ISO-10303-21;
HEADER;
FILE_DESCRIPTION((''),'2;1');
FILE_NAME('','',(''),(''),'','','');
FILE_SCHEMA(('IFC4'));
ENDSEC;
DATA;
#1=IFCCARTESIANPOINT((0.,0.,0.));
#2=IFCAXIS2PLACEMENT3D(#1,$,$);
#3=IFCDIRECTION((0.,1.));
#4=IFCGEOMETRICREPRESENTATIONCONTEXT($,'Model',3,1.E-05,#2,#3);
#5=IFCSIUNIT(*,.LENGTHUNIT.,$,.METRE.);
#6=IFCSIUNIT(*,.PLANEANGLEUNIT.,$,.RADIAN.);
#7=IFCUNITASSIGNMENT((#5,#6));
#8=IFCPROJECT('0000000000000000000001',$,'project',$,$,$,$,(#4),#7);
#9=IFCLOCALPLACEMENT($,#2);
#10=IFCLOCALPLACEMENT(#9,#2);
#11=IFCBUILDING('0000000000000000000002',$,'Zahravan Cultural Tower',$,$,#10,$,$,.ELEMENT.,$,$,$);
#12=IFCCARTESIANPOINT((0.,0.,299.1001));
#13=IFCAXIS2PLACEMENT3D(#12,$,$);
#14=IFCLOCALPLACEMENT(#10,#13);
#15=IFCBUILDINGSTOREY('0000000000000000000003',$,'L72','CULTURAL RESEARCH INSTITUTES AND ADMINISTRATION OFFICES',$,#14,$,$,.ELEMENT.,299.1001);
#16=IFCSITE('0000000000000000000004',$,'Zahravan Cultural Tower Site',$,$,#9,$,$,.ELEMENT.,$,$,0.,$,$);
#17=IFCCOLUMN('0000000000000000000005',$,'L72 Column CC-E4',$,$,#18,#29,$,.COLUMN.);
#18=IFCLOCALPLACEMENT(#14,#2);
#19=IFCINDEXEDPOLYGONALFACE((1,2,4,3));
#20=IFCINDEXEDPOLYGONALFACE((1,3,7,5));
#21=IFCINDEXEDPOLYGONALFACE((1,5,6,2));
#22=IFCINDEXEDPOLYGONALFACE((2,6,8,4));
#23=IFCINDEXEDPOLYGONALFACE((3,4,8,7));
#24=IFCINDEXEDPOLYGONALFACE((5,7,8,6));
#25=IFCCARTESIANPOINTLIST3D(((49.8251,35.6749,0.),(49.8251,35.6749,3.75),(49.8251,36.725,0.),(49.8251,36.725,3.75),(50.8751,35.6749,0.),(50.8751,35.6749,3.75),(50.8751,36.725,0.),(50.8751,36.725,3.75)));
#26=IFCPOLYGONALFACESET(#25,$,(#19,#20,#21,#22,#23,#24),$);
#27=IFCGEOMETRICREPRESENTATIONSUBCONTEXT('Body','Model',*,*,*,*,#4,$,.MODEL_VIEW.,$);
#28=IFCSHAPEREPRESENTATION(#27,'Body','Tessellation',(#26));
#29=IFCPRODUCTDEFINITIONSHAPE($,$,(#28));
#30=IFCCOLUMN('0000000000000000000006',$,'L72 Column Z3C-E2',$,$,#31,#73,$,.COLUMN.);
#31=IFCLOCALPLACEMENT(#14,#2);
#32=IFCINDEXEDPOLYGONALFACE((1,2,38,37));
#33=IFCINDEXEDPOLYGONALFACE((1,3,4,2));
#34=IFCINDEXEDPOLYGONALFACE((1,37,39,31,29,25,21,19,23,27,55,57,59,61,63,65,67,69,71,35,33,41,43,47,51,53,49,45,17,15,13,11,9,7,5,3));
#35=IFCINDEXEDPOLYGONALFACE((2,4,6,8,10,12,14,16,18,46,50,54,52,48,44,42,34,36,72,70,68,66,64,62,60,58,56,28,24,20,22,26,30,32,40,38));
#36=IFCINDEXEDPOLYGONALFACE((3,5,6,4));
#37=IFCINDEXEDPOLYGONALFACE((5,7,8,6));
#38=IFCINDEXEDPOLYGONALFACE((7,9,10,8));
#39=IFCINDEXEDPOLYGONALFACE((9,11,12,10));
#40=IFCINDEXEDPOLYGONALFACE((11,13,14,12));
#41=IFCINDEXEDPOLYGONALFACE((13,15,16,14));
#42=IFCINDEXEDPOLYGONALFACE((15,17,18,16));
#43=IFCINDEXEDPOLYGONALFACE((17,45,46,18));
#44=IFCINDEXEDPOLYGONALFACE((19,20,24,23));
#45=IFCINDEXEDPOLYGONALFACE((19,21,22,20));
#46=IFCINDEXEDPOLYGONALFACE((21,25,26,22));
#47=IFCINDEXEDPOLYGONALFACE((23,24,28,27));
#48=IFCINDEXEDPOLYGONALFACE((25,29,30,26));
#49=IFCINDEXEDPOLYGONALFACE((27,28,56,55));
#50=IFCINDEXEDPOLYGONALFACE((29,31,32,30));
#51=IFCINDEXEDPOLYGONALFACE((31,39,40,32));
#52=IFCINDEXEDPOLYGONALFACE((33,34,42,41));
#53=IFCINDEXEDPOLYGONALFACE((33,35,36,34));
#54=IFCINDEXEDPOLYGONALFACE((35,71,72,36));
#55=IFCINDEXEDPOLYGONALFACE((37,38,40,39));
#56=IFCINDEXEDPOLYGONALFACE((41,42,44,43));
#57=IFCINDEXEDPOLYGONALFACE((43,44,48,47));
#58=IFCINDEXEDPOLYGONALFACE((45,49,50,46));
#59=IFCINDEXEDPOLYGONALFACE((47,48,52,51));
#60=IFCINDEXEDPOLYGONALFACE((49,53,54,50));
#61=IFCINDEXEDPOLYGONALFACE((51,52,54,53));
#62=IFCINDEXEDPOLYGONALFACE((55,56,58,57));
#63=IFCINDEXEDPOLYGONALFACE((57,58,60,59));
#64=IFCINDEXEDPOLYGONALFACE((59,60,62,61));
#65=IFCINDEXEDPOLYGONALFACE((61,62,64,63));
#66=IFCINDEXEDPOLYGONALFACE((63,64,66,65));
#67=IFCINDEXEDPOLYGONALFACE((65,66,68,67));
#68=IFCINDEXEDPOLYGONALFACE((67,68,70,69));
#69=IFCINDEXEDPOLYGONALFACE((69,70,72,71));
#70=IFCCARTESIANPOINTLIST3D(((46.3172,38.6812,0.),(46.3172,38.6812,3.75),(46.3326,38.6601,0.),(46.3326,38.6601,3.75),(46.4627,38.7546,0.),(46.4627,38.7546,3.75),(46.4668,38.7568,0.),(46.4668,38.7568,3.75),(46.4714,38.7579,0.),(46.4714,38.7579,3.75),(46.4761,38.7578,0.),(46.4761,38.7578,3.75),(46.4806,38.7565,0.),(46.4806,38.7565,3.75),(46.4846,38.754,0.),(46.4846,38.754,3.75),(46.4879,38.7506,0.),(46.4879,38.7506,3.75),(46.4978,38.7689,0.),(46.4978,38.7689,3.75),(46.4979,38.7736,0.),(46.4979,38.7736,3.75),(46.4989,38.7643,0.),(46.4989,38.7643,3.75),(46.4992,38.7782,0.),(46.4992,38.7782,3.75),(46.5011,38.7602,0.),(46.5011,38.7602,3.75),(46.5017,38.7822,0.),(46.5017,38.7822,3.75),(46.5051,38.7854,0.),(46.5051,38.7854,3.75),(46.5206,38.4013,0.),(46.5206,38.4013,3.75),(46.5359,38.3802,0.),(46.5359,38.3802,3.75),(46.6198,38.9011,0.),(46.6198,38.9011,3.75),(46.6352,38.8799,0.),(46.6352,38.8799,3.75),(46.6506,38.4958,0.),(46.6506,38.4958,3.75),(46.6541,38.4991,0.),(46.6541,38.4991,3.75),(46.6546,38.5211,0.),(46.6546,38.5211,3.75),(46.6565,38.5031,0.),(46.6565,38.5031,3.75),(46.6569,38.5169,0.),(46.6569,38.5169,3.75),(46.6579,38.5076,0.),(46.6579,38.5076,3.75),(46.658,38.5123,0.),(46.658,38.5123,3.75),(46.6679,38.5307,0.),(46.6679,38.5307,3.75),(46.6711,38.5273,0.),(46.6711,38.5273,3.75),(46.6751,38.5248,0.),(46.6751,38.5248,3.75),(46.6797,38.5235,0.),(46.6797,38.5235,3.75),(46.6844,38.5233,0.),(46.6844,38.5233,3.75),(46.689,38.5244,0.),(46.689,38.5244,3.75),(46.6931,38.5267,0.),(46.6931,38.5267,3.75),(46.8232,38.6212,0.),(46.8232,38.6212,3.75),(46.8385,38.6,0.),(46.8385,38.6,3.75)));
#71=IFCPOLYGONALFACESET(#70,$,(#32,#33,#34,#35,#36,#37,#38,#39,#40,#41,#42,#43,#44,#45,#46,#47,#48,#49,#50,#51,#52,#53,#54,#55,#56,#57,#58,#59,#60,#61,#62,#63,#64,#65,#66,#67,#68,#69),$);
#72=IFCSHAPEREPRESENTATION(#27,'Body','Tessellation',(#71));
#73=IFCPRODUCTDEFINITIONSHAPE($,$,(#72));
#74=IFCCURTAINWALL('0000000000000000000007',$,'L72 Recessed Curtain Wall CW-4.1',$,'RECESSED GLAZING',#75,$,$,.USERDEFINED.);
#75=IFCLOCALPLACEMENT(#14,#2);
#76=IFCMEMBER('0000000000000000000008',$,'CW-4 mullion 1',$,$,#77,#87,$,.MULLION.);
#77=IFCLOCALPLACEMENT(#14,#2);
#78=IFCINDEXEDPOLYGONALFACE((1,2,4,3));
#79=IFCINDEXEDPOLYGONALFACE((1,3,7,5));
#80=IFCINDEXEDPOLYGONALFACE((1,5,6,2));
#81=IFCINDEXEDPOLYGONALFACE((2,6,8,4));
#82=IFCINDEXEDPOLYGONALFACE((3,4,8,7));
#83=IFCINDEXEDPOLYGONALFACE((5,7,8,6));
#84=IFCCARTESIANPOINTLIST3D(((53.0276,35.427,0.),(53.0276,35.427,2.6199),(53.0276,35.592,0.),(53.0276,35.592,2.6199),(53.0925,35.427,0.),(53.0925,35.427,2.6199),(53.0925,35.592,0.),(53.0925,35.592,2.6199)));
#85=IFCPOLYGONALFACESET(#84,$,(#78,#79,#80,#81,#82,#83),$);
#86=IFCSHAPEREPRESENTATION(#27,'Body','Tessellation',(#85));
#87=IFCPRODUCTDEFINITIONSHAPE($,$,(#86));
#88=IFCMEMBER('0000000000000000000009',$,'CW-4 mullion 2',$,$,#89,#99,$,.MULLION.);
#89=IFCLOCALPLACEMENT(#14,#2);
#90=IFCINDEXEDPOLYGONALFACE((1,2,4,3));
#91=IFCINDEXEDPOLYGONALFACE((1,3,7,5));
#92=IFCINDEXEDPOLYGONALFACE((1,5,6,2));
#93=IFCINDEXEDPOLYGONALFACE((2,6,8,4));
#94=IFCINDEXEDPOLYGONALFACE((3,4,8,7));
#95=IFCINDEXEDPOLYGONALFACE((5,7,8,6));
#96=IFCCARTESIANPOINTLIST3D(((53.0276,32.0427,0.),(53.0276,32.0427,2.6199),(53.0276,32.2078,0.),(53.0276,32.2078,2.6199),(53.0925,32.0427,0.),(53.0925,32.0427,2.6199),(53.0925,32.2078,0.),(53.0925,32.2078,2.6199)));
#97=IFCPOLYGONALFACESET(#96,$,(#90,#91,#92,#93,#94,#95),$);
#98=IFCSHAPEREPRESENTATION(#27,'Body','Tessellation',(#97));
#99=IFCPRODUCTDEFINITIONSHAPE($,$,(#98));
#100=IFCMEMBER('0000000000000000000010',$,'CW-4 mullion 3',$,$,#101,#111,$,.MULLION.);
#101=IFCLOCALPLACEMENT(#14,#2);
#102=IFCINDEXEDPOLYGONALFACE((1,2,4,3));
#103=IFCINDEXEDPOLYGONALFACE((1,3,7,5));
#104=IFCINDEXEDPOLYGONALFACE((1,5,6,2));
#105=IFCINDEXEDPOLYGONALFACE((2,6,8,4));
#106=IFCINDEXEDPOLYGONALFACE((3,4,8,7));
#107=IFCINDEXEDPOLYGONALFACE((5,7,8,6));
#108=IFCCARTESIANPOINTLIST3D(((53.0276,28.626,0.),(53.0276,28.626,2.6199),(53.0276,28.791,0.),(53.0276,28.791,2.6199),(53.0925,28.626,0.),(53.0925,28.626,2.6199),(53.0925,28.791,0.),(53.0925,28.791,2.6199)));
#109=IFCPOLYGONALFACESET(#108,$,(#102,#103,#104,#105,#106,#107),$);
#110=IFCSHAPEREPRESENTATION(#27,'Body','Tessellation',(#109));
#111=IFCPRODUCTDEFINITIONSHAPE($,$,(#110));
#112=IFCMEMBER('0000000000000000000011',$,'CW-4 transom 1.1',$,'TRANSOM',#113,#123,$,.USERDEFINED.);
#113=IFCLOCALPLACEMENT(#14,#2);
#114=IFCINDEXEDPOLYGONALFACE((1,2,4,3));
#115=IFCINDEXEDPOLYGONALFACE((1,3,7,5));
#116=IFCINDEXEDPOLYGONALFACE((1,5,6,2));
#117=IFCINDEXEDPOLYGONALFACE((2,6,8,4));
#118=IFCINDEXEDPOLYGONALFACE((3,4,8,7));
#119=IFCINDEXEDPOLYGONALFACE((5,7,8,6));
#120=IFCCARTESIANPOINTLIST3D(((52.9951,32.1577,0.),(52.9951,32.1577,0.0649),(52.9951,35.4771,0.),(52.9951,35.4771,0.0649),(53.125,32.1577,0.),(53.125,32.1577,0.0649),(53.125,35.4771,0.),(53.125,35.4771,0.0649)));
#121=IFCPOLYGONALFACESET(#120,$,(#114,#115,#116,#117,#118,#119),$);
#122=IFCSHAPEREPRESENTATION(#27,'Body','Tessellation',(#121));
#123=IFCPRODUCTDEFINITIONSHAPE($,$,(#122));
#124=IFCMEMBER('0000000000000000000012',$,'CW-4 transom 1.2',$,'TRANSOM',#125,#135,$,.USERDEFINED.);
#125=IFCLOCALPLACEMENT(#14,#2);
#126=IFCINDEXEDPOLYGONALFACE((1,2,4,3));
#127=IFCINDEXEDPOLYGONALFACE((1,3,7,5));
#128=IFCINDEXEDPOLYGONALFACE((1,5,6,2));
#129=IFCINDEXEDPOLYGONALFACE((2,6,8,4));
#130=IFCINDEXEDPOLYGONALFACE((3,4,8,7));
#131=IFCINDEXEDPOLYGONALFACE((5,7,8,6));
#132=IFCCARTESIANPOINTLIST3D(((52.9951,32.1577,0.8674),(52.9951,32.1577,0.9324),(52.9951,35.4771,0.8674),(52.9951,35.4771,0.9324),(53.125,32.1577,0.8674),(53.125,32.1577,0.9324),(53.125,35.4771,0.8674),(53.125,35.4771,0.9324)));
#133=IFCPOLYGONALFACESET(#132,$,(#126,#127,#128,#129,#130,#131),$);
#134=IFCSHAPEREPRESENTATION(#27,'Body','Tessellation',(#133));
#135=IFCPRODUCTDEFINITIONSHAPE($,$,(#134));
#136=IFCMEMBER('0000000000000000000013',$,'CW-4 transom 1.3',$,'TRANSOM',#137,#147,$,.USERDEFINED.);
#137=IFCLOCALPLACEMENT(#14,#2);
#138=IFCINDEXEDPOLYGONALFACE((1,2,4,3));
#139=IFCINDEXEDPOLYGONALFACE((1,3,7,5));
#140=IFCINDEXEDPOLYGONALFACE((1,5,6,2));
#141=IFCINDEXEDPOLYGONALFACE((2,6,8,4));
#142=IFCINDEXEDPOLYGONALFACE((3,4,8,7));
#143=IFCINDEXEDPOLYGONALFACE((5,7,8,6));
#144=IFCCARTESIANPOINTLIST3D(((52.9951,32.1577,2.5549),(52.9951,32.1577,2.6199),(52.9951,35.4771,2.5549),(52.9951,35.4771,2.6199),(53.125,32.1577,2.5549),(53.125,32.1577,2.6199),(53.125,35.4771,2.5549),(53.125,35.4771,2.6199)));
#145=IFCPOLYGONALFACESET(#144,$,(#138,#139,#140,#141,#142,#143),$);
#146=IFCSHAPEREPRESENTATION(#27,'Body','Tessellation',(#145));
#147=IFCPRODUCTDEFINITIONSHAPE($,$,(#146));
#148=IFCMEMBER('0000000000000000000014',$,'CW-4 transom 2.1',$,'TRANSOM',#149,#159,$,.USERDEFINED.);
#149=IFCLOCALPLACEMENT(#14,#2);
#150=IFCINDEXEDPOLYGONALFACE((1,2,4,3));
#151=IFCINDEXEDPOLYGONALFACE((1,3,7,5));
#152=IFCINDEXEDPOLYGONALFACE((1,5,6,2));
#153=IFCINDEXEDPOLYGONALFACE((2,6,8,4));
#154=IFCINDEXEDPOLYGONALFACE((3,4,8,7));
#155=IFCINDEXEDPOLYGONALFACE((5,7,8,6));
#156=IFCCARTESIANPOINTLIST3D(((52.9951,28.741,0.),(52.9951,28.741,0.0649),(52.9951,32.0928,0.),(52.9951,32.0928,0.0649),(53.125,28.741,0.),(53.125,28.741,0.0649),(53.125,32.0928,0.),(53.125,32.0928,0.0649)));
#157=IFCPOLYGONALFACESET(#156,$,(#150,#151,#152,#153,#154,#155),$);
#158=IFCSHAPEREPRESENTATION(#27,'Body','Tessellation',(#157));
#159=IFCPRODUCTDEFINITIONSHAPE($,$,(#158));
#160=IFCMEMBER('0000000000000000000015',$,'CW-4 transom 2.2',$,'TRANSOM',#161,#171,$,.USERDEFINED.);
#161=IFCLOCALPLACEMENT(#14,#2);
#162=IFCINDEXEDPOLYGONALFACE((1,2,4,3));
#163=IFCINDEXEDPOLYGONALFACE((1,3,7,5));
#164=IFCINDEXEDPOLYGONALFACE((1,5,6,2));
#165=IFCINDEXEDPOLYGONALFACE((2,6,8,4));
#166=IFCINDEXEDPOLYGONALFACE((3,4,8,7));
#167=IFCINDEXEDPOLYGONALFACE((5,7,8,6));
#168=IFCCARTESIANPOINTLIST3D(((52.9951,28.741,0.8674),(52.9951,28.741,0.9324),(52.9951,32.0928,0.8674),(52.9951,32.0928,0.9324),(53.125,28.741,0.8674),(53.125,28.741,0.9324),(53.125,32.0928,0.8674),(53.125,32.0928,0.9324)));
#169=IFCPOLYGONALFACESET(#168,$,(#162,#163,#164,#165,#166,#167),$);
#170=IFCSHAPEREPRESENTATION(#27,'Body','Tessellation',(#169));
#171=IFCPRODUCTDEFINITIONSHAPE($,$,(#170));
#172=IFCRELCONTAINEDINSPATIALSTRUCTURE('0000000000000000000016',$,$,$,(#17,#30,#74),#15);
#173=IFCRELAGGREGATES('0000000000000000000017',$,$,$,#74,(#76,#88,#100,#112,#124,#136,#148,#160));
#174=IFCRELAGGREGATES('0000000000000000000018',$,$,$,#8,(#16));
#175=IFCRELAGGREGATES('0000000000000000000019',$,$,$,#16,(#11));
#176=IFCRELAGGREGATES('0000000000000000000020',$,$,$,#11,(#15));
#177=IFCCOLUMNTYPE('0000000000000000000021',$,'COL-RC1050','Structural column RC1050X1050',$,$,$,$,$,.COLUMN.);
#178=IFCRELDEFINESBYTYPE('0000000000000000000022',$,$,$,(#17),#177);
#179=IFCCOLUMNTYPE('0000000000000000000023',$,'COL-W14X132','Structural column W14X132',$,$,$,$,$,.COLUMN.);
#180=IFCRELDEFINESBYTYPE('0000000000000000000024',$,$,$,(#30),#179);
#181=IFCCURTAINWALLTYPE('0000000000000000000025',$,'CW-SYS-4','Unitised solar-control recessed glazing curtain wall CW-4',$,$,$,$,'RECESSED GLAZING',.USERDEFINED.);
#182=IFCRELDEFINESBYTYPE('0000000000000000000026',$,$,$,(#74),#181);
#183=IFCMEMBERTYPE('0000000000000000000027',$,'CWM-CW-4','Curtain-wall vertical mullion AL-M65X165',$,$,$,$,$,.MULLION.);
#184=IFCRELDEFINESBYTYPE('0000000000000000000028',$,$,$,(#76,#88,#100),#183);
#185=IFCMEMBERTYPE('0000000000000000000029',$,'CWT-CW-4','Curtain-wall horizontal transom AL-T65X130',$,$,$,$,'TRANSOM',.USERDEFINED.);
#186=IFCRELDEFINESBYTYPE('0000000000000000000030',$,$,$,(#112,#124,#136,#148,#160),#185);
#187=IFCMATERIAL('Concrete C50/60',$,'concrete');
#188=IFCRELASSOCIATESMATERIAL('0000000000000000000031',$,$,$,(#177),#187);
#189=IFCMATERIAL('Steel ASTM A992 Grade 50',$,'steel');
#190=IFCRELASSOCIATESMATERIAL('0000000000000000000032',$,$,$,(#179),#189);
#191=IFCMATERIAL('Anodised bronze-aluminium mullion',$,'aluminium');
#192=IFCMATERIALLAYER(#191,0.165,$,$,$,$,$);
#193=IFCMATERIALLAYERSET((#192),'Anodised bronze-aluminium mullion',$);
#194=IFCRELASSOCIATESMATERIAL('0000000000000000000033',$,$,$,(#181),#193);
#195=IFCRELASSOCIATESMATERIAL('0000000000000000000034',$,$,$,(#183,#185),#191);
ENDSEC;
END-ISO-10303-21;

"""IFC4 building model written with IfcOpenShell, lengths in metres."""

from ifc_helpers import new_model, si_unit, direction, frame, origin, origin_2d, place, context, subcontext, project, spatial, rectangle, i_section, extrude, source, transform, mapped, material, layer, layer_set, material_profile, profile_set, type_object, element, aggregate, save


model = new_model("IFC4")

# Units and contexts
model_context = context("Model", 3, precision=1e-05, world=origin(), true_north=direction((0.0, 1.0)))
body_context = subcontext(model_context, "Body", "Model", "MODEL_VIEW")
ifc_project = project(units=[si_unit("LENGTHUNIT", "METRE"), si_unit("PLANEANGLEUNIT", "RADIAN")], contexts=[model_context])

# Site, building, storey
site_placement = place(None, origin())
site = spatial("IfcSite", under=ifc_project, at=site_placement, Name="Zahravan Cultural Tower Site", CompositionType="ELEMENT", RefElevation=0.0)
building_placement = place(site_placement, origin())
building = spatial("IfcBuilding", under=site, at=building_placement, Name="Zahravan Cultural Tower", CompositionType="ELEMENT")
storey_placement = place(building_placement, frame((0.0, 0.0, 299.1001)))
storey = spatial("IfcBuildingStorey", under=building, at=storey_placement, Name="L72", Description="CULTURAL RESEARCH INSTITUTES AND ADMINISTRATION OFFICES", CompositionType="ELEMENT", Elevation=299.1001)

# Columns
ifc_material_1 = material(Name="Concrete C50/60", Category="concrete")
ifc_material_profile_1 = material_profile(ifc_material_1, rectangle(XDim=1.05, YDim=1.05, at=origin_2d()), Name="RC1050X1050")
ifc_profile_set_1 = profile_set([ifc_material_profile_1], Name="Concrete C50/60")
column_type_1 = type_object("IfcColumnType", Name="COL-RC1050", Description="Structural column RC1050X1050", PredefinedType="COLUMN", material=ifc_profile_set_1)
shared_shape_1 = source(origin(), body_context, "Body", "SweptSolid", [
    extrude(rectangle(XDim=1.05, YDim=1.05, at=origin_2d()), origin(), (0.0, 0.0, 1.0), 3.75),
])
column_1_placement = place(storey_placement, frame((50.3501, 36.2, 0.0), z_axis=(0.0, 0.0, 1.0), x_axis=(1.0, 0.0, 0.0)))
element("IfcColumn", 1, at=column_1_placement, inside=storey, type_object=column_type_1, Name="L72 Column CC-E4", PredefinedType="COLUMN", context=body_context, shape_type="MappedRepresentation", body=[
    mapped(shared_shape_1, transform((0.0, 0.0, 0.0), x_axis=(1.0, 0.0, 0.0), y_axis=(0.0, 1.0, 0.0), z_axis=(0.0, 0.0, 1.0), scale=1.0)),
])
ifc_material_2 = material(Name="Steel ASTM A992 Grade 50", Category="steel")
ifc_material_profile_2 = material_profile(ifc_material_2, i_section(OverallWidth=0.374, OverallDepth=0.3721, WebThickness=0.0164, FlangeThickness=0.0261, FilletRadius=0.0181, at=origin_2d()), Name="W14X132")
ifc_profile_set_2 = profile_set([ifc_material_profile_2], Name="Steel ASTM A992 Grade 50")
column_type_2 = type_object("IfcColumnType", Name="COL-W14X132", Description="Structural column W14X132", PredefinedType="COLUMN", material=ifc_profile_set_2)
shared_shape_2 = source(origin(), body_context, "Body", "SweptSolid", [
    extrude(i_section(OverallWidth=0.374, OverallDepth=0.3721, WebThickness=0.0164, FlangeThickness=0.0261, FilletRadius=0.0181, at=origin_2d()), origin(), (0.0, 0.0, 1.0), 3.75),
])
column_2_placement = place(storey_placement, frame((46.5779, 38.6406, 0.0), z_axis=(0.0, 0.0, 1.0), x_axis=(0.809017, 0.587785, 0.0)))
element("IfcColumn", 2, at=column_2_placement, inside=storey, type_object=column_type_2, Name="L72 Column Z3C-E2", PredefinedType="COLUMN", context=body_context, shape_type="MappedRepresentation", body=[
    mapped(shared_shape_2, transform((0.0, 0.0, 0.0), x_axis=(1.0, 0.0, 0.0), y_axis=(0.0, 1.0, 0.0), z_axis=(0.0, 0.0, 1.0), scale=1.0)),
])

# Curtain wall, members
ifc_material_3 = material(Name="Anodised bronze-aluminium mullion", Category="aluminium")
ifc_layer_1 = layer(ifc_material_3, 0.165)
ifc_layer_set_1 = layer_set([ifc_layer_1], Name="Anodised bronze-aluminium mullion")
curtain_wall_type = type_object("IfcCurtainWallType", Name="CW-SYS-4", Description="Unitised solar-control recessed glazing curtain wall CW-4", ElementType="RECESSED GLAZING", PredefinedType="USERDEFINED", material=ifc_layer_set_1)
curtain_wall_placement = place(storey_placement, origin())
curtain_wall = element("IfcCurtainWall", 3, at=curtain_wall_placement, inside=storey, type_object=curtain_wall_type, Name="L72 Recessed Curtain Wall CW-4.1", ObjectType="RECESSED GLAZING", PredefinedType="USERDEFINED")
ifc_material_profile_3 = material_profile(ifc_material_3, rectangle(XDim=0.0649, YDim=0.165, at=origin_2d()), Name="AL-M65X165")
ifc_profile_set_3 = profile_set([ifc_material_profile_3], Name="Anodised bronze-aluminium mullion")
member_type_1 = type_object("IfcMemberType", Name="CWM-CW-4", Description="Curtain-wall vertical mullion AL-M65X165", PredefinedType="MULLION", material=ifc_profile_set_3)
shared_shape_3 = source(origin(), body_context, "Body", "SweptSolid", [
    extrude(rectangle(XDim=0.0649, YDim=0.165, at=origin_2d()), origin(), (0.0, 0.0, 1.0), 2.6199),
])
member_1_placement = place(storey_placement, frame((53.0601, 35.5095, 0.0), z_axis=(0.0, 0.0, 1.0), x_axis=(1.0, 0.0, 0.0)))
member_1 = element("IfcMember", 4, at=member_1_placement, type_object=member_type_1, Name="CW-4 mullion 1", PredefinedType="MULLION", context=body_context, shape_type="MappedRepresentation", body=[
    mapped(shared_shape_3, transform((0.0, 0.0, 0.0), x_axis=(1.0, 0.0, 0.0), y_axis=(0.0, 1.0, 0.0), z_axis=(0.0, 0.0, 1.0), scale=1.0)),
])
member_2_placement = place(storey_placement, frame((53.0601, 32.1252, 0.0), z_axis=(0.0, 0.0, 1.0), x_axis=(1.0, 0.0, 0.0)))
member_2 = element("IfcMember", 5, at=member_2_placement, type_object=member_type_1, Name="CW-4 mullion 2", PredefinedType="MULLION", context=body_context, shape_type="MappedRepresentation", body=[
    mapped(shared_shape_3, transform((0.0, 0.0, 0.0), x_axis=(1.0, 0.0, 0.0), y_axis=(0.0, 1.0, 0.0), z_axis=(0.0, 0.0, 1.0), scale=1.0)),
])
member_3_placement = place(storey_placement, frame((53.0601, 28.7085, 0.0), z_axis=(0.0, 0.0, 1.0), x_axis=(1.0, 0.0, 0.0)))
member_3 = element("IfcMember", 6, at=member_3_placement, type_object=member_type_1, Name="CW-4 mullion 3", PredefinedType="MULLION", context=body_context, shape_type="MappedRepresentation", body=[
    mapped(shared_shape_3, transform((0.0, 0.0, 0.0), x_axis=(1.0, 0.0, 0.0), y_axis=(0.0, 1.0, 0.0), z_axis=(0.0, 0.0, 1.0), scale=1.0)),
])
ifc_material_profile_4 = material_profile(ifc_material_3, rectangle(XDim=0.1299, YDim=0.0649, at=origin_2d()), Name="AL-T65X130")
ifc_profile_set_4 = profile_set([ifc_material_profile_4], Name="Anodised bronze-aluminium mullion")
member_type_2 = type_object("IfcMemberType", Name="CWT-CW-4", Description="Curtain-wall horizontal transom AL-T65X130", ElementType="TRANSOM", PredefinedType="USERDEFINED", material=ifc_profile_set_4)
shared_shape_4 = source(origin(), body_context, "Body", "SweptSolid", [
    extrude(rectangle(XDim=0.1299, YDim=0.0649, at=origin_2d()), origin(), (0.0, 0.0, 1.0), 3.3193),
])
member_4_placement = place(storey_placement, frame((53.0601, 35.4771, 0.0325), z_axis=(0.0, -1.0, 0.0), x_axis=(1.0, 0.0, 0.0)))
member_4 = element("IfcMember", 7, at=member_4_placement, type_object=member_type_2, Name="CW-4 transom 1.1", ObjectType="TRANSOM", PredefinedType="USERDEFINED", context=body_context, shape_type="MappedRepresentation", body=[
    mapped(shared_shape_4, transform((0.0, 0.0, 0.0), x_axis=(1.0, 0.0, 0.0), y_axis=(0.0, 1.0, 0.0), z_axis=(0.0, 0.0, 1.0), scale=1.0)),
])
member_5_placement = place(storey_placement, frame((53.0601, 35.4771, 0.8999), z_axis=(0.0, -1.0, 0.0), x_axis=(1.0, 0.0, 0.0)))
member_5 = element("IfcMember", 8, at=member_5_placement, type_object=member_type_2, Name="CW-4 transom 1.2", ObjectType="TRANSOM", PredefinedType="USERDEFINED", context=body_context, shape_type="MappedRepresentation", body=[
    mapped(shared_shape_4, transform((0.0, 0.0, 0.0), x_axis=(1.0, 0.0, 0.0), y_axis=(0.0, 1.0, 0.0), z_axis=(0.0, 0.0, 1.0), scale=1.0)),
])
member_6_placement = place(storey_placement, frame((53.0601, 35.4771, 2.5874), z_axis=(0.0, -1.0, 0.0), x_axis=(1.0, 0.0, 0.0)))
member_6 = element("IfcMember", 9, at=member_6_placement, type_object=member_type_2, Name="CW-4 transom 1.3", ObjectType="TRANSOM", PredefinedType="USERDEFINED", context=body_context, shape_type="MappedRepresentation", body=[
    mapped(shared_shape_4, transform((0.0, 0.0, 0.0), x_axis=(1.0, 0.0, 0.0), y_axis=(0.0, 1.0, 0.0), z_axis=(0.0, 0.0, 1.0), scale=1.0)),
])
shared_shape_5 = source(origin(), body_context, "Body", "SweptSolid", [
    extrude(rectangle(XDim=0.1299, YDim=0.0649, at=origin_2d()), origin(), (0.0, 0.0, 1.0), 3.3518),
])
member_7_placement = place(storey_placement, frame((53.0601, 32.0928, 0.0325), z_axis=(0.0, -1.0, 0.0), x_axis=(1.0, 0.0, 0.0)))
member_7 = element("IfcMember", 10, at=member_7_placement, type_object=member_type_2, Name="CW-4 transom 2.1", ObjectType="TRANSOM", PredefinedType="USERDEFINED", context=body_context, shape_type="MappedRepresentation", body=[
    mapped(shared_shape_5, transform((0.0, 0.0, 0.0), x_axis=(1.0, 0.0, 0.0), y_axis=(0.0, 1.0, 0.0), z_axis=(0.0, 0.0, 1.0), scale=1.0)),
])
member_8_placement = place(storey_placement, frame((53.0601, 32.0928, 0.8999), z_axis=(0.0, -1.0, 0.0), x_axis=(1.0, 0.0, 0.0)))
member_8 = element("IfcMember", 11, at=member_8_placement, type_object=member_type_2, Name="CW-4 transom 2.2", ObjectType="TRANSOM", PredefinedType="USERDEFINED", context=body_context, shape_type="MappedRepresentation", body=[
    mapped(shared_shape_5, transform((0.0, 0.0, 0.0), x_axis=(1.0, 0.0, 0.0), y_axis=(0.0, 1.0, 0.0), z_axis=(0.0, 0.0, 1.0), scale=1.0)),
])
aggregate(curtain_wall, [member_1, member_2, member_3, member_4, member_5, member_6, member_7, member_8])

save(model, "model.ifc")
